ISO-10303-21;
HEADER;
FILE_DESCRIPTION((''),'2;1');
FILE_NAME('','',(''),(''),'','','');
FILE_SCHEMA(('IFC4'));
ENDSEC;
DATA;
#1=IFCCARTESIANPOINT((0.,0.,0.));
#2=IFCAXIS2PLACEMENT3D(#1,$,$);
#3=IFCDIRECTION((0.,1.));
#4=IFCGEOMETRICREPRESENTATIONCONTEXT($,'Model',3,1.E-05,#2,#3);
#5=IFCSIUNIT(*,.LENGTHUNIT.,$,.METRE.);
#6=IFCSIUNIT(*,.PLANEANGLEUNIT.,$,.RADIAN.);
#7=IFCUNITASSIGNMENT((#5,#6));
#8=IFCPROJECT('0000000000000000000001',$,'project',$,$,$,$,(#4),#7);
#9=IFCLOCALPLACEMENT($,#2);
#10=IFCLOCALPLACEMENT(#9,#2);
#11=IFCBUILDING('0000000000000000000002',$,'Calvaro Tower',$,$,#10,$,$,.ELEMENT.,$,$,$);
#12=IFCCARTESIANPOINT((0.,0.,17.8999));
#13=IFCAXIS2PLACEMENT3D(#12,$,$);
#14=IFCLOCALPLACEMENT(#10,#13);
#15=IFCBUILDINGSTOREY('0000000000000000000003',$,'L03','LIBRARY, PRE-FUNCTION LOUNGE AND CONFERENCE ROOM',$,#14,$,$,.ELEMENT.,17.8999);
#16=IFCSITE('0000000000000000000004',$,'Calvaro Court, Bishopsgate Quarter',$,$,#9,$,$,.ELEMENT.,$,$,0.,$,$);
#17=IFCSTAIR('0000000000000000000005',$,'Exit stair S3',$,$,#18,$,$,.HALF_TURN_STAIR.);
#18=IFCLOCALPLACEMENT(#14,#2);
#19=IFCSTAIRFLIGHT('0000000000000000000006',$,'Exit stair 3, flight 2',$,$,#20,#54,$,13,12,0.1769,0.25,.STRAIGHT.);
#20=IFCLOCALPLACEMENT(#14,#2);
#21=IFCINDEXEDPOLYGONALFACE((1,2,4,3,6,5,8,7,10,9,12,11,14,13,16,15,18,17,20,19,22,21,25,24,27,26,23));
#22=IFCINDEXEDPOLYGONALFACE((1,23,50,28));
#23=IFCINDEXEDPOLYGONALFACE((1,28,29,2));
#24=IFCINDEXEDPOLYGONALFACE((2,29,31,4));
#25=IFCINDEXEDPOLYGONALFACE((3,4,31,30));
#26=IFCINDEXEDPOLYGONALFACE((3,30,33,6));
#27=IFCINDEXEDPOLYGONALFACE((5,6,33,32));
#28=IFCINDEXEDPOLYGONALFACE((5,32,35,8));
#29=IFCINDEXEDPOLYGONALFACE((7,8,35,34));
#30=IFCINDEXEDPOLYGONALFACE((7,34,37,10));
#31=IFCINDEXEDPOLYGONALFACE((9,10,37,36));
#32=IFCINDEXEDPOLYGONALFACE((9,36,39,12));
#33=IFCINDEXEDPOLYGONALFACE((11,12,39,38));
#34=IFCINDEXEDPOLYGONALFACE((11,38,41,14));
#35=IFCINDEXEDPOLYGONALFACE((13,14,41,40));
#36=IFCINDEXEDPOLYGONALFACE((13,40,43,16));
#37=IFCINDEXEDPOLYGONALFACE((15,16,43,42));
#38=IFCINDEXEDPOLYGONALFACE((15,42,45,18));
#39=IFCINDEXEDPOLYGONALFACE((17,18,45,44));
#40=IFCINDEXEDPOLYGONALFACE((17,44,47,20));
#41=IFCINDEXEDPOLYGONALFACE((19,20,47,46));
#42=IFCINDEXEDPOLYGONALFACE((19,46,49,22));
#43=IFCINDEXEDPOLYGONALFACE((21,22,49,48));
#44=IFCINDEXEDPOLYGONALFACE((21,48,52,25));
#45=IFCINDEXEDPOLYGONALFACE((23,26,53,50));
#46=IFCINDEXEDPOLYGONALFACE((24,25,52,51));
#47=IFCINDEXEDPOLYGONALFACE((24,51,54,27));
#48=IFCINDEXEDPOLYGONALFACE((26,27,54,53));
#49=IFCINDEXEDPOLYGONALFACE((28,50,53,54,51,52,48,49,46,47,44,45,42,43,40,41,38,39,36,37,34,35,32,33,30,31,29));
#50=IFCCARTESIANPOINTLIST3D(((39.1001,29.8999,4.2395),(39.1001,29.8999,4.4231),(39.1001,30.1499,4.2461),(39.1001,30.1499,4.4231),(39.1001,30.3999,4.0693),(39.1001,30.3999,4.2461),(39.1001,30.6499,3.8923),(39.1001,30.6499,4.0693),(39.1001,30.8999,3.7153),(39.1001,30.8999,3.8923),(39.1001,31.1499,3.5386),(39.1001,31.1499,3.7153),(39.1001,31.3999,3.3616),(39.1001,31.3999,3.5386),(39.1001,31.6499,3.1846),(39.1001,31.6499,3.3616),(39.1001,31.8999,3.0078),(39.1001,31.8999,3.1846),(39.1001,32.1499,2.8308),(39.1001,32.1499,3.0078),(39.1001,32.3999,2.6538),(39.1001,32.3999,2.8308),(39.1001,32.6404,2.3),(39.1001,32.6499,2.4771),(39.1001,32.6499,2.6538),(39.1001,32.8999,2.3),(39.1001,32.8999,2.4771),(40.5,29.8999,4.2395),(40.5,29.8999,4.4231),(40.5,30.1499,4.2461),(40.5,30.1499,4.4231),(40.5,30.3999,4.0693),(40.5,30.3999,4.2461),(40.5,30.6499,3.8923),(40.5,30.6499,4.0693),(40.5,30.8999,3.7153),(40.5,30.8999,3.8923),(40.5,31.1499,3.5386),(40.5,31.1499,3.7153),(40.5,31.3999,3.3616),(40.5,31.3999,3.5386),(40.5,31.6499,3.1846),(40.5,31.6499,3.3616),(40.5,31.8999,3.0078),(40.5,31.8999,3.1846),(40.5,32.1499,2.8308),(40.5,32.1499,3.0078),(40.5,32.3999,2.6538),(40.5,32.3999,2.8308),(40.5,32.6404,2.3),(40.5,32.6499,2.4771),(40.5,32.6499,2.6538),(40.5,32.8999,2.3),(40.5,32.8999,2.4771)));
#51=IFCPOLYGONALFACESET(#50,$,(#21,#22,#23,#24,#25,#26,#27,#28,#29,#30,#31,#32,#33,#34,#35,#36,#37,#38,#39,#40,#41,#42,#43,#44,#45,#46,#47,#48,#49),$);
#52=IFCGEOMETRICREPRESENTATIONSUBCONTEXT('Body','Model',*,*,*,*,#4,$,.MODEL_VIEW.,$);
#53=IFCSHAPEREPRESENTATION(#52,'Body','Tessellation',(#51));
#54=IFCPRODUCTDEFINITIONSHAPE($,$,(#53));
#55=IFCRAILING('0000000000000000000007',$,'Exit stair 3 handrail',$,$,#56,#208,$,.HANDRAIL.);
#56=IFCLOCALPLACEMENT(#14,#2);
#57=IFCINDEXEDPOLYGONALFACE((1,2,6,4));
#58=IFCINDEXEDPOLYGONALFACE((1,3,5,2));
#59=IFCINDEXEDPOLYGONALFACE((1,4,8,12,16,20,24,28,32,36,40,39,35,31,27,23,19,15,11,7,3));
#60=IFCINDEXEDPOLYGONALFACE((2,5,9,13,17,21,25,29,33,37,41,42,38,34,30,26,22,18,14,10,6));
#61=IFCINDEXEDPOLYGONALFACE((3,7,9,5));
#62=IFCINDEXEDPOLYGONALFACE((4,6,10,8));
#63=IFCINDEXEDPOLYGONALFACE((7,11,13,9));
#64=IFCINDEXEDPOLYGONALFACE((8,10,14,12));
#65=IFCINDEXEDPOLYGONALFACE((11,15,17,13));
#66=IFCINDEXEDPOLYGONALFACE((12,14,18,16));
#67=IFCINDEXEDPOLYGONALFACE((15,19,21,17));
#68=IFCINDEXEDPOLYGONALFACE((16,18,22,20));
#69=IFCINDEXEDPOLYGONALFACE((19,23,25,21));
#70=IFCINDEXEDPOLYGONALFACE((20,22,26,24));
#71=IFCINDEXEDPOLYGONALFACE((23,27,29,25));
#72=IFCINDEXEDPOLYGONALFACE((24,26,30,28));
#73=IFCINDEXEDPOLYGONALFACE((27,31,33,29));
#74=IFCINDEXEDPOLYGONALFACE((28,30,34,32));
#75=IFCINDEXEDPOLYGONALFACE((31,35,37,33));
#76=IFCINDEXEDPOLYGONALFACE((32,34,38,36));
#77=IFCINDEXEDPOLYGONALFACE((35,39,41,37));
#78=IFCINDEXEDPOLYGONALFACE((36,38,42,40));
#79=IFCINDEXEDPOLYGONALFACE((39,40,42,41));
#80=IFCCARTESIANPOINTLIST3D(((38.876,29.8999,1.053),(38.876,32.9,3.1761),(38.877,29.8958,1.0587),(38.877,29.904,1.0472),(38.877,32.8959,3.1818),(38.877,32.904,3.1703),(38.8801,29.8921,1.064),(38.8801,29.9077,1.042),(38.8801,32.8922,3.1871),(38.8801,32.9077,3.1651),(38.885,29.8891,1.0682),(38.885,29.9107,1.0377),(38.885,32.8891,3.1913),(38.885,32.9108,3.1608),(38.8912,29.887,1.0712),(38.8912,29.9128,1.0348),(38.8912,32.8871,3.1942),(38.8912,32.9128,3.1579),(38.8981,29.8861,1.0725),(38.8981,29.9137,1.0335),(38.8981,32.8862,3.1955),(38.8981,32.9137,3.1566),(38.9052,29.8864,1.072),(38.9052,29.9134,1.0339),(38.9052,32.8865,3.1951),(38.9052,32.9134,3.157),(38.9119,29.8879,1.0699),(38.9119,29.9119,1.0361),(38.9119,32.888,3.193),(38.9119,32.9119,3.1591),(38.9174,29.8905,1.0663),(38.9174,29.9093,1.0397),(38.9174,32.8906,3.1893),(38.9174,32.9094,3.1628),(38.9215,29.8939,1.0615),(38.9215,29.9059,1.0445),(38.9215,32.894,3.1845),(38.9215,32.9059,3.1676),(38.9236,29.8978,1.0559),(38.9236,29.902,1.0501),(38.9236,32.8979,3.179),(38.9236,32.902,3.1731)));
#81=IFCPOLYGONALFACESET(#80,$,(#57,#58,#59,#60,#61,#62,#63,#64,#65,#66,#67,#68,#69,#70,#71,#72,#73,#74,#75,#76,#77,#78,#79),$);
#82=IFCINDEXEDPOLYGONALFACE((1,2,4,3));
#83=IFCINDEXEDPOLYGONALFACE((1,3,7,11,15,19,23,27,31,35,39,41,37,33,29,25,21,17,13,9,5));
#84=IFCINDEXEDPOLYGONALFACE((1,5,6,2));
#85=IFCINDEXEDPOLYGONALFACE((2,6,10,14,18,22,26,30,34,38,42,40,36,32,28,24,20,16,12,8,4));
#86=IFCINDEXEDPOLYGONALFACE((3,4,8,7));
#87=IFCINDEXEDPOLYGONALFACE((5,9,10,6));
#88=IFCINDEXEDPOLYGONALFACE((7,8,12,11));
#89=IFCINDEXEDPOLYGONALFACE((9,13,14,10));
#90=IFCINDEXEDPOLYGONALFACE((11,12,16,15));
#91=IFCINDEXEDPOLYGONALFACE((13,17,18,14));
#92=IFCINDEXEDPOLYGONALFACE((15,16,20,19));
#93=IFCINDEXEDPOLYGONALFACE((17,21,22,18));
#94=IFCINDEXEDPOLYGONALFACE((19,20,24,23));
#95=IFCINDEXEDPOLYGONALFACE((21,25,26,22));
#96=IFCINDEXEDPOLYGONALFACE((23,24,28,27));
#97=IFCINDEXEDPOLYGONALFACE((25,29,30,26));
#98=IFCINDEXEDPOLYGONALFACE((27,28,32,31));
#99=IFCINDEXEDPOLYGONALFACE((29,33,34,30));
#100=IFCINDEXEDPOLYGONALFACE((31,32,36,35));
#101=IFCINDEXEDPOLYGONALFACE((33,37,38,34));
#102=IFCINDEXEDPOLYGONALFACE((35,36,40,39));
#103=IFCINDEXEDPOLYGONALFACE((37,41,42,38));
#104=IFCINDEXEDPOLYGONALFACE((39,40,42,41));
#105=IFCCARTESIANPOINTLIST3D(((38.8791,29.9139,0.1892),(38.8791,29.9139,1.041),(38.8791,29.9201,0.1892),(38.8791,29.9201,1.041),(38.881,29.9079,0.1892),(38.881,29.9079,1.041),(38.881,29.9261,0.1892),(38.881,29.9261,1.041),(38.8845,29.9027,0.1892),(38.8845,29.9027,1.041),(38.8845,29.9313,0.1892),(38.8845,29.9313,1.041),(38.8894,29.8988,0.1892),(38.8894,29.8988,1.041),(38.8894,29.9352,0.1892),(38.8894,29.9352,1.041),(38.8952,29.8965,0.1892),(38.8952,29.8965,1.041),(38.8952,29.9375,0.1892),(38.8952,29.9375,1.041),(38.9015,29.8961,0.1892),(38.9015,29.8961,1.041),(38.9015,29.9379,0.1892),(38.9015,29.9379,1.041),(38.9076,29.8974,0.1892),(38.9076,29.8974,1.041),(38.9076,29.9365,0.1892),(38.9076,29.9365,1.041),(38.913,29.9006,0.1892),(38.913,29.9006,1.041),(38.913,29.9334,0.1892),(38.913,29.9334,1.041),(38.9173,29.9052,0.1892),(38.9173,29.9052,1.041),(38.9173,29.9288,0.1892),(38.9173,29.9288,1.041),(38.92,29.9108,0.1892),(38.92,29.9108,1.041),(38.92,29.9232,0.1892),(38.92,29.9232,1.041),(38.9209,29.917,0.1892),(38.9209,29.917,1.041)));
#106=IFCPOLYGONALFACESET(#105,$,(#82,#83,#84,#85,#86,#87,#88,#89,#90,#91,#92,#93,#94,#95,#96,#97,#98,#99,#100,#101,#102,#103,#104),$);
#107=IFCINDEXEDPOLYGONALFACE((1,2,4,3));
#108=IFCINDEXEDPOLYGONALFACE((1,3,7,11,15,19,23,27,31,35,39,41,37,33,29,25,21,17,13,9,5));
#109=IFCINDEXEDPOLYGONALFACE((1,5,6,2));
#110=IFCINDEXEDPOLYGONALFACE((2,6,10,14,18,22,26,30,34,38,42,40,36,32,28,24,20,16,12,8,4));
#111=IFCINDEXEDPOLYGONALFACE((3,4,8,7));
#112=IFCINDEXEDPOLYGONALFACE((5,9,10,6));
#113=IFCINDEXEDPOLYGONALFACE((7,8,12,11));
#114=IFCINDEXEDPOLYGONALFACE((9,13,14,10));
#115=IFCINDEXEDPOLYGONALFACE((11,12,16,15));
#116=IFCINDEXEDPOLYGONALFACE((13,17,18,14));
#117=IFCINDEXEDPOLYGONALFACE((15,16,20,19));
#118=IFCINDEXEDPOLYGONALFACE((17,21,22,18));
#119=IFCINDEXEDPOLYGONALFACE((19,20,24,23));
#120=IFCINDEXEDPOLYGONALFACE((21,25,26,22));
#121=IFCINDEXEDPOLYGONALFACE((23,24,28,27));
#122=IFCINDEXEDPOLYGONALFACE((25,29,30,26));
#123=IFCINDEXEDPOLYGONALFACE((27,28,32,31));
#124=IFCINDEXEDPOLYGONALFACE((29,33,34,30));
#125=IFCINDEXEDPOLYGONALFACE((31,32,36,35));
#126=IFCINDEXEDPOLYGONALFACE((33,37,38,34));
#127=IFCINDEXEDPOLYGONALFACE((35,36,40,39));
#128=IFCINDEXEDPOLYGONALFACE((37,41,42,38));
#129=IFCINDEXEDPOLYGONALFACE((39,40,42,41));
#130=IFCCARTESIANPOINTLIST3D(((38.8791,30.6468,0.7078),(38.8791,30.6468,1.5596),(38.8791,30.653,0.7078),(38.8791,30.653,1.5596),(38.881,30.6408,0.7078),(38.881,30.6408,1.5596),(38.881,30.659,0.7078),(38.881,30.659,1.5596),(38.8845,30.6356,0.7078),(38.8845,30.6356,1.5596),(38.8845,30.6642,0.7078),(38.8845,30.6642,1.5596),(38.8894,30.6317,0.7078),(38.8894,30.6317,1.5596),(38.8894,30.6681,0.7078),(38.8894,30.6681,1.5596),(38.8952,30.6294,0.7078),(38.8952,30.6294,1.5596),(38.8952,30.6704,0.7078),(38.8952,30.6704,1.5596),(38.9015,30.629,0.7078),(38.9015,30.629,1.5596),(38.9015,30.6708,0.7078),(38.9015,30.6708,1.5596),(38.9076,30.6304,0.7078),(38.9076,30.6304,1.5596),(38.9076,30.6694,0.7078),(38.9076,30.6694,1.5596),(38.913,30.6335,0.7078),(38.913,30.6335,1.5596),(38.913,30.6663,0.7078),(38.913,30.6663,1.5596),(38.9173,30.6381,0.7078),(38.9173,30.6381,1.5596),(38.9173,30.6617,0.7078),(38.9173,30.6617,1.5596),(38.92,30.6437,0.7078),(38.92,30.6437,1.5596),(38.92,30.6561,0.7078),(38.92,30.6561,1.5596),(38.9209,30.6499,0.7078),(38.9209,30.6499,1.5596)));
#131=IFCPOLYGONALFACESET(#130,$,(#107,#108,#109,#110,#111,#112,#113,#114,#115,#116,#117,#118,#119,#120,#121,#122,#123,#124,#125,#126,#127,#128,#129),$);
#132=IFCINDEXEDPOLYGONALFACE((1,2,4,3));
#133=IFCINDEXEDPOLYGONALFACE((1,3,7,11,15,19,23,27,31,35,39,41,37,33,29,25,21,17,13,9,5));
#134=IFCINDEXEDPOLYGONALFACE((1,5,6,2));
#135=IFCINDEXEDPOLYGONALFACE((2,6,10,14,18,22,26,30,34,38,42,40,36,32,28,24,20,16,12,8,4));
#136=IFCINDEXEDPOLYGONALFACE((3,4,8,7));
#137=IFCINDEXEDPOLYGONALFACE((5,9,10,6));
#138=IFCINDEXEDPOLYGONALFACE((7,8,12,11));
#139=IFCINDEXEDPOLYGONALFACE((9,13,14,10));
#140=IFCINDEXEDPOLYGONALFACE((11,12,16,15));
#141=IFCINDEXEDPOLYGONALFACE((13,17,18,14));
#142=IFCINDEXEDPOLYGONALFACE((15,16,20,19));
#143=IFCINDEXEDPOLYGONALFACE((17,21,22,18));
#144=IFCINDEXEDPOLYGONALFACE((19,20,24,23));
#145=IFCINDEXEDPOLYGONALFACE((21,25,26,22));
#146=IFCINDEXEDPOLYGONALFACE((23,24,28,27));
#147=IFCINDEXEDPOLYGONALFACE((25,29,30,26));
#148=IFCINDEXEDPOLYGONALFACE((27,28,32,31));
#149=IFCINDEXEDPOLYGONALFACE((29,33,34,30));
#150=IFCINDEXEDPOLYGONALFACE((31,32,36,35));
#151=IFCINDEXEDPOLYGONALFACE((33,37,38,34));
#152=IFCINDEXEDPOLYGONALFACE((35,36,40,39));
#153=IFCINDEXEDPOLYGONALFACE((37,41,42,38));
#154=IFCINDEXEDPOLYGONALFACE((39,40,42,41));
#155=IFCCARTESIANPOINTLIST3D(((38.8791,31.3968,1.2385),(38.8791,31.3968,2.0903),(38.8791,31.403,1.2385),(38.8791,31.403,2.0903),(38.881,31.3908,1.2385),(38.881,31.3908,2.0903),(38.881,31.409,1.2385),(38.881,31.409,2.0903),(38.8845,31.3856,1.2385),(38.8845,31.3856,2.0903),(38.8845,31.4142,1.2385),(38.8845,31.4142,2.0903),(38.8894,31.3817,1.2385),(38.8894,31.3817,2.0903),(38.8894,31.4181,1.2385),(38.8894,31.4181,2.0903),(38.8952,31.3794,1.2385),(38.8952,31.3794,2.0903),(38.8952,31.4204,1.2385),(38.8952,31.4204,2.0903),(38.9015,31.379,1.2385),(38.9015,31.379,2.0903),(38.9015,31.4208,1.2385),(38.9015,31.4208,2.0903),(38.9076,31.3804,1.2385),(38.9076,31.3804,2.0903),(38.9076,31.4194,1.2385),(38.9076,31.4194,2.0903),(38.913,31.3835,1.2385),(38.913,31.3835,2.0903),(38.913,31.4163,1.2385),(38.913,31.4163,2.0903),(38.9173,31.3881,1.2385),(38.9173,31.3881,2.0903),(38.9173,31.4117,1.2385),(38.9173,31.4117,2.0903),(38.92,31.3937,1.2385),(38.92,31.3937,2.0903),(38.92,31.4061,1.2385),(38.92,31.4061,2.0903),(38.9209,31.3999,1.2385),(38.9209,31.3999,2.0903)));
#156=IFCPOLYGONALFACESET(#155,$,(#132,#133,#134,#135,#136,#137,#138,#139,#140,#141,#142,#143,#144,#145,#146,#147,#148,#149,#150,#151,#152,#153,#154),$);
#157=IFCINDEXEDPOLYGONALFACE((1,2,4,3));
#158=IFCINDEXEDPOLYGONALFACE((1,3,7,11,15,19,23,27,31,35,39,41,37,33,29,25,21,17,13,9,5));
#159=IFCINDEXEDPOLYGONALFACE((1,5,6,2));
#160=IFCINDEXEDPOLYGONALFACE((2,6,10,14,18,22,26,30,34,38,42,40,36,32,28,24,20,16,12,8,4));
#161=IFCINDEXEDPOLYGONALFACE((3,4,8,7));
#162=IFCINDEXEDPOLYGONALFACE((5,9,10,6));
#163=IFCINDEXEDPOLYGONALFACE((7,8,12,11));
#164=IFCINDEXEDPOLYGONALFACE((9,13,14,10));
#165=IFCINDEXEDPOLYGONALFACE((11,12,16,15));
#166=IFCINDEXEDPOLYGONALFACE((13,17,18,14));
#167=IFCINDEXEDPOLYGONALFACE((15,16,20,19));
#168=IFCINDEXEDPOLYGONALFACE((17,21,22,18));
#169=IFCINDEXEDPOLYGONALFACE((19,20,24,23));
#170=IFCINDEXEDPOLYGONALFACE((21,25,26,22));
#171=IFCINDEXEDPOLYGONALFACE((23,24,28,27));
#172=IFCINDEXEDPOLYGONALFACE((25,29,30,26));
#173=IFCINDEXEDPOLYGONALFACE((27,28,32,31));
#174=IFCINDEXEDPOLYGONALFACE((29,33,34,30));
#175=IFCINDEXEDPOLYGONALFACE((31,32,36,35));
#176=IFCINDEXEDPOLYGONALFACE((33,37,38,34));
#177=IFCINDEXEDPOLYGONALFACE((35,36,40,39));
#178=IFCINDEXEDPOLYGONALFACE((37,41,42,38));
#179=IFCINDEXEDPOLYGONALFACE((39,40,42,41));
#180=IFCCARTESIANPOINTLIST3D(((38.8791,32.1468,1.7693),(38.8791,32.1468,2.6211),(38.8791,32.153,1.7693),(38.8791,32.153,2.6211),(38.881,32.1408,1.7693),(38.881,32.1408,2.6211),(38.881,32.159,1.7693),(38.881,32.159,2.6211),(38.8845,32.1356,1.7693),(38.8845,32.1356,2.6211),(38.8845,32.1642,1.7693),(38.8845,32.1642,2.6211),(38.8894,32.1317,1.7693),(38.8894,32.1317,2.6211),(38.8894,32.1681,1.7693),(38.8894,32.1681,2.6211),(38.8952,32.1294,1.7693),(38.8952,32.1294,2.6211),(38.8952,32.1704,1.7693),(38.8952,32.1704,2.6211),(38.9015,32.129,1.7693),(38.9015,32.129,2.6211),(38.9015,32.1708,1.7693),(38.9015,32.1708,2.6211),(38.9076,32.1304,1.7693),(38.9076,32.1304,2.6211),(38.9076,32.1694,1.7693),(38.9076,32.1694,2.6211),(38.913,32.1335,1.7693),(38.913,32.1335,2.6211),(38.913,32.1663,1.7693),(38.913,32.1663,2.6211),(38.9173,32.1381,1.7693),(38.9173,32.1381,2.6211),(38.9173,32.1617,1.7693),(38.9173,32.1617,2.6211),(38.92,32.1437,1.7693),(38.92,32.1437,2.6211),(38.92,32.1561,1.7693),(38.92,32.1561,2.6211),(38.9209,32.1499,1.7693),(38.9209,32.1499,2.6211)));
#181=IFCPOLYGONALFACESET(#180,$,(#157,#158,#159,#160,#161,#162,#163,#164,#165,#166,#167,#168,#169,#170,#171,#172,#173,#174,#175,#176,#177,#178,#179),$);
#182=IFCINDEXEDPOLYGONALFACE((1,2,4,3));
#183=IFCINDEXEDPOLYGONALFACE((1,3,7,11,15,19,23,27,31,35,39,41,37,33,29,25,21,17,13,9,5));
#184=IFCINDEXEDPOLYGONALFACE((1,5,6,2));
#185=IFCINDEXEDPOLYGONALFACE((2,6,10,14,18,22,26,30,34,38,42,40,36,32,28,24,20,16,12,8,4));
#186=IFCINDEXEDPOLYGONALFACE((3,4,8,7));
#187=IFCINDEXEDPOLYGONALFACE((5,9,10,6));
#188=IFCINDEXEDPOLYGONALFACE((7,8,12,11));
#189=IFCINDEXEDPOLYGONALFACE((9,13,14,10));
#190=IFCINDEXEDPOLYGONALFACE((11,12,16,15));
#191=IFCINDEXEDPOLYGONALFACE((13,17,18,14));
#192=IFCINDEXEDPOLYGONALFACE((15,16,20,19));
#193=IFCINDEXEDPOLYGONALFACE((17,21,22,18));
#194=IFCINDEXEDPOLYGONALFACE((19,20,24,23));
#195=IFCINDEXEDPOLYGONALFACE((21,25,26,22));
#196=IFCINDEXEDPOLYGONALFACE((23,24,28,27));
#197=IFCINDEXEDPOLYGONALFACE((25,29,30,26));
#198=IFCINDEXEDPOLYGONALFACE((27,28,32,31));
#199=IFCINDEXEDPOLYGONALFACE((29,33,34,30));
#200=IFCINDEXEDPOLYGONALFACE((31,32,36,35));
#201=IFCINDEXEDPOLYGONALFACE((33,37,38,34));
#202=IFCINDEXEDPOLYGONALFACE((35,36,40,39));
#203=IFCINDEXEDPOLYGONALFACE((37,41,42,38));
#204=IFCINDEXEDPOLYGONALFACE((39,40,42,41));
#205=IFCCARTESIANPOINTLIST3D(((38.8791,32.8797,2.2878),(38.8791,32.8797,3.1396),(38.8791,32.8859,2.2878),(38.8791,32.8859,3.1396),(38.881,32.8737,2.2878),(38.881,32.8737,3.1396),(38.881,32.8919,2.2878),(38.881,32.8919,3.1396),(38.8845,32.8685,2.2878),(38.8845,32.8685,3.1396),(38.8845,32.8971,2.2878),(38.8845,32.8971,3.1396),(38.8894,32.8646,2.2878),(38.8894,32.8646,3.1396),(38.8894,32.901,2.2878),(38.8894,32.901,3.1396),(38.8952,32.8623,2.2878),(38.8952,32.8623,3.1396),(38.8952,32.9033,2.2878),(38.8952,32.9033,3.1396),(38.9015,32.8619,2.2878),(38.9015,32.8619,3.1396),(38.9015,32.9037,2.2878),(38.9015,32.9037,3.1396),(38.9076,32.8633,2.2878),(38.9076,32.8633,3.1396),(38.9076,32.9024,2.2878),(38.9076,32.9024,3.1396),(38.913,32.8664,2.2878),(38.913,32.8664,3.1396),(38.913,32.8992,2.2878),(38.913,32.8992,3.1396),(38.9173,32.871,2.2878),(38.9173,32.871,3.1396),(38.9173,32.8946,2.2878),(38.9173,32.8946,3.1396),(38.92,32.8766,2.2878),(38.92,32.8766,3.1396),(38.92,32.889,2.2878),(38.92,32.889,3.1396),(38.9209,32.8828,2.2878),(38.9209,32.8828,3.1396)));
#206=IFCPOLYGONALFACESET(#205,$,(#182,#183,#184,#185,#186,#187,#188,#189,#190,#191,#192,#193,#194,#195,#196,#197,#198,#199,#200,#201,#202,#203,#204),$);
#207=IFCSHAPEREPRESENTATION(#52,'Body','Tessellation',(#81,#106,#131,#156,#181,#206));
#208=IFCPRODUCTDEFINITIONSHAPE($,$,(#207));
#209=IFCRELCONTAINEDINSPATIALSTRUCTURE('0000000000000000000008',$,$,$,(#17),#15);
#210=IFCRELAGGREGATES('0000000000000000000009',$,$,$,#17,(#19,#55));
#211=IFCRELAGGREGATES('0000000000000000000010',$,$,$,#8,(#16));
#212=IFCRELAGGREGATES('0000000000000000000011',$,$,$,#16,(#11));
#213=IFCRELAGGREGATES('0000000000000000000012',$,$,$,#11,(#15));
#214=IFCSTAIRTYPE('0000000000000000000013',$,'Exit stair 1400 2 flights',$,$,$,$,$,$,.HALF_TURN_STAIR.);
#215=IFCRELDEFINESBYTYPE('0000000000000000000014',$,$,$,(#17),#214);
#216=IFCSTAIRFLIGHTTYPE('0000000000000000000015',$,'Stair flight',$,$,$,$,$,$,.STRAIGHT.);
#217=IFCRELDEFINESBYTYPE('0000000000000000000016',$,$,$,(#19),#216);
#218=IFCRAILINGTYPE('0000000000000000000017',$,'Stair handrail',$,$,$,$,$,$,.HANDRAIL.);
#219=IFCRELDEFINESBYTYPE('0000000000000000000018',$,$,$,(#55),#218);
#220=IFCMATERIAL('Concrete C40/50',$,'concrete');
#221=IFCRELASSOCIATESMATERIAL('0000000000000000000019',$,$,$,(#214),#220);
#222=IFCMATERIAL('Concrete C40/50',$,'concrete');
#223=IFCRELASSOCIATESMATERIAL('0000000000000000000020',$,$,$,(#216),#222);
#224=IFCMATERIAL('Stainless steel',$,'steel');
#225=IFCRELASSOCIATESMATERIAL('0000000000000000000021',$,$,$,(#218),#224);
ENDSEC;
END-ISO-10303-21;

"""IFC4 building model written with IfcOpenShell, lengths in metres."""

from ifc_helpers import new_model, si_unit, direction, frame, origin, origin_2d, place, context, subcontext, project, spatial, polyline, circle, outline, extrude, material, type_object, element, aggregate, save


model = new_model("IFC4")

# Units and contexts
model_context = context("Model", 3, precision=1e-05, world=origin(), true_north=direction((0.0, 1.0)))
body_context = subcontext(model_context, "Body", "Model", "MODEL_VIEW")
ifc_project = project(units=[si_unit("LENGTHUNIT", "METRE"), si_unit("PLANEANGLEUNIT", "RADIAN")], contexts=[model_context])

# Site, building, storey
site_placement = place(None, origin())
site = spatial("IfcSite", under=ifc_project, at=site_placement, Name="Calvaro Court, Bishopsgate Quarter", CompositionType="ELEMENT", RefElevation=0.0)
building_placement = place(site_placement, origin())
building = spatial("IfcBuilding", under=site, at=building_placement, Name="Calvaro Tower", CompositionType="ELEMENT")
storey_placement = place(building_placement, frame((0.0, 0.0, 17.8999)))
storey = spatial("IfcBuildingStorey", under=building, at=storey_placement, Name="L03", Description="LIBRARY, PRE-FUNCTION LOUNGE AND CONFERENCE ROOM", CompositionType="ELEMENT", Elevation=17.8999)

# Stair, stair flight, railing
ifc_material_1 = material(Name="Concrete C40/50", Category="concrete")
stair_type = type_object("IfcStairType", Name="Exit stair 1400 2 flights", PredefinedType="HALF_TURN_STAIR", material=ifc_material_1)
stair_placement = place(storey_placement, origin())
stair = element("IfcStair", 1, at=stair_placement, inside=storey, type_object=stair_type, Name="Exit stair S3", PredefinedType="HALF_TURN_STAIR")
ifc_material_2 = material(Name="Concrete C40/50", Category="concrete")
stair_flight_type = type_object("IfcStairFlightType", Name="Stair flight", PredefinedType="STRAIGHT", material=ifc_material_2)
stair_flight_1_placement = place(storey_placement, frame((39.8, 32.8999, 2.3), z_axis=(0.0, 0.0, 1.0), x_axis=(0.0, -1.0, 0.0)))
stair_flight_1 = element("IfcStairFlight", 2, at=stair_flight_1_placement, type_object=stair_flight_type, Name="Exit stair 3, flight 2", NumberOfRisers=13, NumberOfTreads=12, PredefinedType="STRAIGHT", RiserHeight=0.1769, TreadLength=0.25, context=body_context, shape_type="SweptSolid", body=[
    extrude(outline(polyline([(0.0, 0.0), (0.0, 0.177), (0.25, 0.177), (0.25, 0.3538), (0.5, 0.3538), (0.5, 0.5308), (0.75, 0.5308), (0.75, 0.7078), (1.0, 0.7078), (1.0, 0.8845), (1.25, 0.8845), (1.25, 1.0615), (1.5, 1.0615), (1.5, 1.2385), (1.75, 1.2385), (1.75, 1.4153), (2.0, 1.4153), (2.0, 1.5923), (2.25, 1.5923), (2.25, 1.7693), (2.5, 1.7693), (2.5, 1.946), (2.75, 1.946), (2.75, 2.123), (3.0, 2.123), (3.0, 2.3), (3.0, 1.9395), (0.2595, 0.0), (0.0, 0.0)])), frame((0.0, 0.7, 0.0), z_axis=(0.0, -1.0, 0.0), x_axis=(1.0, 0.0, 0.0)), (0.0, 0.0, 1.0), 1.3999),
])
ifc_material_3 = material(Name="Stainless steel", Category="steel")
railing_type = type_object("IfcRailingType", Name="Stair handrail", PredefinedType="HANDRAIL", material=ifc_material_3)
railing_1_placement = place(storey_placement, frame((38.8999, 29.8999, 0.177)))
railing_1 = element("IfcRailing", 3, at=railing_1_placement, type_object=railing_type, Name="Exit stair 3 handrail", PredefinedType="HANDRAIL", context=body_context, shape_type="SweptSolid", body=[
    extrude(circle(Radius=0.0239, at=origin_2d()), frame((0.0, 0.0, 0.876), z_axis=(0.0, 0.816275, 0.577663), x_axis=(-1.0, 0.0, 0.0)), (0.0, 0.0, 1.0), 3.6753),
    extrude(circle(Radius=0.021, at=origin_2d()), frame((0.0, 0.0171, 0.0122)), (0.0, 0.0, 1.0), 0.8518),
    extrude(circle(Radius=0.021, at=origin_2d()), frame((0.0, 0.75, 0.5308)), (0.0, 0.0, 1.0), 0.8518),
    extrude(circle(Radius=0.021, at=origin_2d()), frame((0.0, 1.5, 1.0615)), (0.0, 0.0, 1.0), 0.8518),
    extrude(circle(Radius=0.021, at=origin_2d()), frame((0.0, 2.25, 1.5923)), (0.0, 0.0, 1.0), 0.8518),
    extrude(circle(Radius=0.021, at=origin_2d()), frame((0.0, 2.9829, 2.1108)), (0.0, 0.0, 1.0), 0.8518),
])
aggregate(stair, [stair_flight_1, railing_1])

save(model, "model.ifc")
